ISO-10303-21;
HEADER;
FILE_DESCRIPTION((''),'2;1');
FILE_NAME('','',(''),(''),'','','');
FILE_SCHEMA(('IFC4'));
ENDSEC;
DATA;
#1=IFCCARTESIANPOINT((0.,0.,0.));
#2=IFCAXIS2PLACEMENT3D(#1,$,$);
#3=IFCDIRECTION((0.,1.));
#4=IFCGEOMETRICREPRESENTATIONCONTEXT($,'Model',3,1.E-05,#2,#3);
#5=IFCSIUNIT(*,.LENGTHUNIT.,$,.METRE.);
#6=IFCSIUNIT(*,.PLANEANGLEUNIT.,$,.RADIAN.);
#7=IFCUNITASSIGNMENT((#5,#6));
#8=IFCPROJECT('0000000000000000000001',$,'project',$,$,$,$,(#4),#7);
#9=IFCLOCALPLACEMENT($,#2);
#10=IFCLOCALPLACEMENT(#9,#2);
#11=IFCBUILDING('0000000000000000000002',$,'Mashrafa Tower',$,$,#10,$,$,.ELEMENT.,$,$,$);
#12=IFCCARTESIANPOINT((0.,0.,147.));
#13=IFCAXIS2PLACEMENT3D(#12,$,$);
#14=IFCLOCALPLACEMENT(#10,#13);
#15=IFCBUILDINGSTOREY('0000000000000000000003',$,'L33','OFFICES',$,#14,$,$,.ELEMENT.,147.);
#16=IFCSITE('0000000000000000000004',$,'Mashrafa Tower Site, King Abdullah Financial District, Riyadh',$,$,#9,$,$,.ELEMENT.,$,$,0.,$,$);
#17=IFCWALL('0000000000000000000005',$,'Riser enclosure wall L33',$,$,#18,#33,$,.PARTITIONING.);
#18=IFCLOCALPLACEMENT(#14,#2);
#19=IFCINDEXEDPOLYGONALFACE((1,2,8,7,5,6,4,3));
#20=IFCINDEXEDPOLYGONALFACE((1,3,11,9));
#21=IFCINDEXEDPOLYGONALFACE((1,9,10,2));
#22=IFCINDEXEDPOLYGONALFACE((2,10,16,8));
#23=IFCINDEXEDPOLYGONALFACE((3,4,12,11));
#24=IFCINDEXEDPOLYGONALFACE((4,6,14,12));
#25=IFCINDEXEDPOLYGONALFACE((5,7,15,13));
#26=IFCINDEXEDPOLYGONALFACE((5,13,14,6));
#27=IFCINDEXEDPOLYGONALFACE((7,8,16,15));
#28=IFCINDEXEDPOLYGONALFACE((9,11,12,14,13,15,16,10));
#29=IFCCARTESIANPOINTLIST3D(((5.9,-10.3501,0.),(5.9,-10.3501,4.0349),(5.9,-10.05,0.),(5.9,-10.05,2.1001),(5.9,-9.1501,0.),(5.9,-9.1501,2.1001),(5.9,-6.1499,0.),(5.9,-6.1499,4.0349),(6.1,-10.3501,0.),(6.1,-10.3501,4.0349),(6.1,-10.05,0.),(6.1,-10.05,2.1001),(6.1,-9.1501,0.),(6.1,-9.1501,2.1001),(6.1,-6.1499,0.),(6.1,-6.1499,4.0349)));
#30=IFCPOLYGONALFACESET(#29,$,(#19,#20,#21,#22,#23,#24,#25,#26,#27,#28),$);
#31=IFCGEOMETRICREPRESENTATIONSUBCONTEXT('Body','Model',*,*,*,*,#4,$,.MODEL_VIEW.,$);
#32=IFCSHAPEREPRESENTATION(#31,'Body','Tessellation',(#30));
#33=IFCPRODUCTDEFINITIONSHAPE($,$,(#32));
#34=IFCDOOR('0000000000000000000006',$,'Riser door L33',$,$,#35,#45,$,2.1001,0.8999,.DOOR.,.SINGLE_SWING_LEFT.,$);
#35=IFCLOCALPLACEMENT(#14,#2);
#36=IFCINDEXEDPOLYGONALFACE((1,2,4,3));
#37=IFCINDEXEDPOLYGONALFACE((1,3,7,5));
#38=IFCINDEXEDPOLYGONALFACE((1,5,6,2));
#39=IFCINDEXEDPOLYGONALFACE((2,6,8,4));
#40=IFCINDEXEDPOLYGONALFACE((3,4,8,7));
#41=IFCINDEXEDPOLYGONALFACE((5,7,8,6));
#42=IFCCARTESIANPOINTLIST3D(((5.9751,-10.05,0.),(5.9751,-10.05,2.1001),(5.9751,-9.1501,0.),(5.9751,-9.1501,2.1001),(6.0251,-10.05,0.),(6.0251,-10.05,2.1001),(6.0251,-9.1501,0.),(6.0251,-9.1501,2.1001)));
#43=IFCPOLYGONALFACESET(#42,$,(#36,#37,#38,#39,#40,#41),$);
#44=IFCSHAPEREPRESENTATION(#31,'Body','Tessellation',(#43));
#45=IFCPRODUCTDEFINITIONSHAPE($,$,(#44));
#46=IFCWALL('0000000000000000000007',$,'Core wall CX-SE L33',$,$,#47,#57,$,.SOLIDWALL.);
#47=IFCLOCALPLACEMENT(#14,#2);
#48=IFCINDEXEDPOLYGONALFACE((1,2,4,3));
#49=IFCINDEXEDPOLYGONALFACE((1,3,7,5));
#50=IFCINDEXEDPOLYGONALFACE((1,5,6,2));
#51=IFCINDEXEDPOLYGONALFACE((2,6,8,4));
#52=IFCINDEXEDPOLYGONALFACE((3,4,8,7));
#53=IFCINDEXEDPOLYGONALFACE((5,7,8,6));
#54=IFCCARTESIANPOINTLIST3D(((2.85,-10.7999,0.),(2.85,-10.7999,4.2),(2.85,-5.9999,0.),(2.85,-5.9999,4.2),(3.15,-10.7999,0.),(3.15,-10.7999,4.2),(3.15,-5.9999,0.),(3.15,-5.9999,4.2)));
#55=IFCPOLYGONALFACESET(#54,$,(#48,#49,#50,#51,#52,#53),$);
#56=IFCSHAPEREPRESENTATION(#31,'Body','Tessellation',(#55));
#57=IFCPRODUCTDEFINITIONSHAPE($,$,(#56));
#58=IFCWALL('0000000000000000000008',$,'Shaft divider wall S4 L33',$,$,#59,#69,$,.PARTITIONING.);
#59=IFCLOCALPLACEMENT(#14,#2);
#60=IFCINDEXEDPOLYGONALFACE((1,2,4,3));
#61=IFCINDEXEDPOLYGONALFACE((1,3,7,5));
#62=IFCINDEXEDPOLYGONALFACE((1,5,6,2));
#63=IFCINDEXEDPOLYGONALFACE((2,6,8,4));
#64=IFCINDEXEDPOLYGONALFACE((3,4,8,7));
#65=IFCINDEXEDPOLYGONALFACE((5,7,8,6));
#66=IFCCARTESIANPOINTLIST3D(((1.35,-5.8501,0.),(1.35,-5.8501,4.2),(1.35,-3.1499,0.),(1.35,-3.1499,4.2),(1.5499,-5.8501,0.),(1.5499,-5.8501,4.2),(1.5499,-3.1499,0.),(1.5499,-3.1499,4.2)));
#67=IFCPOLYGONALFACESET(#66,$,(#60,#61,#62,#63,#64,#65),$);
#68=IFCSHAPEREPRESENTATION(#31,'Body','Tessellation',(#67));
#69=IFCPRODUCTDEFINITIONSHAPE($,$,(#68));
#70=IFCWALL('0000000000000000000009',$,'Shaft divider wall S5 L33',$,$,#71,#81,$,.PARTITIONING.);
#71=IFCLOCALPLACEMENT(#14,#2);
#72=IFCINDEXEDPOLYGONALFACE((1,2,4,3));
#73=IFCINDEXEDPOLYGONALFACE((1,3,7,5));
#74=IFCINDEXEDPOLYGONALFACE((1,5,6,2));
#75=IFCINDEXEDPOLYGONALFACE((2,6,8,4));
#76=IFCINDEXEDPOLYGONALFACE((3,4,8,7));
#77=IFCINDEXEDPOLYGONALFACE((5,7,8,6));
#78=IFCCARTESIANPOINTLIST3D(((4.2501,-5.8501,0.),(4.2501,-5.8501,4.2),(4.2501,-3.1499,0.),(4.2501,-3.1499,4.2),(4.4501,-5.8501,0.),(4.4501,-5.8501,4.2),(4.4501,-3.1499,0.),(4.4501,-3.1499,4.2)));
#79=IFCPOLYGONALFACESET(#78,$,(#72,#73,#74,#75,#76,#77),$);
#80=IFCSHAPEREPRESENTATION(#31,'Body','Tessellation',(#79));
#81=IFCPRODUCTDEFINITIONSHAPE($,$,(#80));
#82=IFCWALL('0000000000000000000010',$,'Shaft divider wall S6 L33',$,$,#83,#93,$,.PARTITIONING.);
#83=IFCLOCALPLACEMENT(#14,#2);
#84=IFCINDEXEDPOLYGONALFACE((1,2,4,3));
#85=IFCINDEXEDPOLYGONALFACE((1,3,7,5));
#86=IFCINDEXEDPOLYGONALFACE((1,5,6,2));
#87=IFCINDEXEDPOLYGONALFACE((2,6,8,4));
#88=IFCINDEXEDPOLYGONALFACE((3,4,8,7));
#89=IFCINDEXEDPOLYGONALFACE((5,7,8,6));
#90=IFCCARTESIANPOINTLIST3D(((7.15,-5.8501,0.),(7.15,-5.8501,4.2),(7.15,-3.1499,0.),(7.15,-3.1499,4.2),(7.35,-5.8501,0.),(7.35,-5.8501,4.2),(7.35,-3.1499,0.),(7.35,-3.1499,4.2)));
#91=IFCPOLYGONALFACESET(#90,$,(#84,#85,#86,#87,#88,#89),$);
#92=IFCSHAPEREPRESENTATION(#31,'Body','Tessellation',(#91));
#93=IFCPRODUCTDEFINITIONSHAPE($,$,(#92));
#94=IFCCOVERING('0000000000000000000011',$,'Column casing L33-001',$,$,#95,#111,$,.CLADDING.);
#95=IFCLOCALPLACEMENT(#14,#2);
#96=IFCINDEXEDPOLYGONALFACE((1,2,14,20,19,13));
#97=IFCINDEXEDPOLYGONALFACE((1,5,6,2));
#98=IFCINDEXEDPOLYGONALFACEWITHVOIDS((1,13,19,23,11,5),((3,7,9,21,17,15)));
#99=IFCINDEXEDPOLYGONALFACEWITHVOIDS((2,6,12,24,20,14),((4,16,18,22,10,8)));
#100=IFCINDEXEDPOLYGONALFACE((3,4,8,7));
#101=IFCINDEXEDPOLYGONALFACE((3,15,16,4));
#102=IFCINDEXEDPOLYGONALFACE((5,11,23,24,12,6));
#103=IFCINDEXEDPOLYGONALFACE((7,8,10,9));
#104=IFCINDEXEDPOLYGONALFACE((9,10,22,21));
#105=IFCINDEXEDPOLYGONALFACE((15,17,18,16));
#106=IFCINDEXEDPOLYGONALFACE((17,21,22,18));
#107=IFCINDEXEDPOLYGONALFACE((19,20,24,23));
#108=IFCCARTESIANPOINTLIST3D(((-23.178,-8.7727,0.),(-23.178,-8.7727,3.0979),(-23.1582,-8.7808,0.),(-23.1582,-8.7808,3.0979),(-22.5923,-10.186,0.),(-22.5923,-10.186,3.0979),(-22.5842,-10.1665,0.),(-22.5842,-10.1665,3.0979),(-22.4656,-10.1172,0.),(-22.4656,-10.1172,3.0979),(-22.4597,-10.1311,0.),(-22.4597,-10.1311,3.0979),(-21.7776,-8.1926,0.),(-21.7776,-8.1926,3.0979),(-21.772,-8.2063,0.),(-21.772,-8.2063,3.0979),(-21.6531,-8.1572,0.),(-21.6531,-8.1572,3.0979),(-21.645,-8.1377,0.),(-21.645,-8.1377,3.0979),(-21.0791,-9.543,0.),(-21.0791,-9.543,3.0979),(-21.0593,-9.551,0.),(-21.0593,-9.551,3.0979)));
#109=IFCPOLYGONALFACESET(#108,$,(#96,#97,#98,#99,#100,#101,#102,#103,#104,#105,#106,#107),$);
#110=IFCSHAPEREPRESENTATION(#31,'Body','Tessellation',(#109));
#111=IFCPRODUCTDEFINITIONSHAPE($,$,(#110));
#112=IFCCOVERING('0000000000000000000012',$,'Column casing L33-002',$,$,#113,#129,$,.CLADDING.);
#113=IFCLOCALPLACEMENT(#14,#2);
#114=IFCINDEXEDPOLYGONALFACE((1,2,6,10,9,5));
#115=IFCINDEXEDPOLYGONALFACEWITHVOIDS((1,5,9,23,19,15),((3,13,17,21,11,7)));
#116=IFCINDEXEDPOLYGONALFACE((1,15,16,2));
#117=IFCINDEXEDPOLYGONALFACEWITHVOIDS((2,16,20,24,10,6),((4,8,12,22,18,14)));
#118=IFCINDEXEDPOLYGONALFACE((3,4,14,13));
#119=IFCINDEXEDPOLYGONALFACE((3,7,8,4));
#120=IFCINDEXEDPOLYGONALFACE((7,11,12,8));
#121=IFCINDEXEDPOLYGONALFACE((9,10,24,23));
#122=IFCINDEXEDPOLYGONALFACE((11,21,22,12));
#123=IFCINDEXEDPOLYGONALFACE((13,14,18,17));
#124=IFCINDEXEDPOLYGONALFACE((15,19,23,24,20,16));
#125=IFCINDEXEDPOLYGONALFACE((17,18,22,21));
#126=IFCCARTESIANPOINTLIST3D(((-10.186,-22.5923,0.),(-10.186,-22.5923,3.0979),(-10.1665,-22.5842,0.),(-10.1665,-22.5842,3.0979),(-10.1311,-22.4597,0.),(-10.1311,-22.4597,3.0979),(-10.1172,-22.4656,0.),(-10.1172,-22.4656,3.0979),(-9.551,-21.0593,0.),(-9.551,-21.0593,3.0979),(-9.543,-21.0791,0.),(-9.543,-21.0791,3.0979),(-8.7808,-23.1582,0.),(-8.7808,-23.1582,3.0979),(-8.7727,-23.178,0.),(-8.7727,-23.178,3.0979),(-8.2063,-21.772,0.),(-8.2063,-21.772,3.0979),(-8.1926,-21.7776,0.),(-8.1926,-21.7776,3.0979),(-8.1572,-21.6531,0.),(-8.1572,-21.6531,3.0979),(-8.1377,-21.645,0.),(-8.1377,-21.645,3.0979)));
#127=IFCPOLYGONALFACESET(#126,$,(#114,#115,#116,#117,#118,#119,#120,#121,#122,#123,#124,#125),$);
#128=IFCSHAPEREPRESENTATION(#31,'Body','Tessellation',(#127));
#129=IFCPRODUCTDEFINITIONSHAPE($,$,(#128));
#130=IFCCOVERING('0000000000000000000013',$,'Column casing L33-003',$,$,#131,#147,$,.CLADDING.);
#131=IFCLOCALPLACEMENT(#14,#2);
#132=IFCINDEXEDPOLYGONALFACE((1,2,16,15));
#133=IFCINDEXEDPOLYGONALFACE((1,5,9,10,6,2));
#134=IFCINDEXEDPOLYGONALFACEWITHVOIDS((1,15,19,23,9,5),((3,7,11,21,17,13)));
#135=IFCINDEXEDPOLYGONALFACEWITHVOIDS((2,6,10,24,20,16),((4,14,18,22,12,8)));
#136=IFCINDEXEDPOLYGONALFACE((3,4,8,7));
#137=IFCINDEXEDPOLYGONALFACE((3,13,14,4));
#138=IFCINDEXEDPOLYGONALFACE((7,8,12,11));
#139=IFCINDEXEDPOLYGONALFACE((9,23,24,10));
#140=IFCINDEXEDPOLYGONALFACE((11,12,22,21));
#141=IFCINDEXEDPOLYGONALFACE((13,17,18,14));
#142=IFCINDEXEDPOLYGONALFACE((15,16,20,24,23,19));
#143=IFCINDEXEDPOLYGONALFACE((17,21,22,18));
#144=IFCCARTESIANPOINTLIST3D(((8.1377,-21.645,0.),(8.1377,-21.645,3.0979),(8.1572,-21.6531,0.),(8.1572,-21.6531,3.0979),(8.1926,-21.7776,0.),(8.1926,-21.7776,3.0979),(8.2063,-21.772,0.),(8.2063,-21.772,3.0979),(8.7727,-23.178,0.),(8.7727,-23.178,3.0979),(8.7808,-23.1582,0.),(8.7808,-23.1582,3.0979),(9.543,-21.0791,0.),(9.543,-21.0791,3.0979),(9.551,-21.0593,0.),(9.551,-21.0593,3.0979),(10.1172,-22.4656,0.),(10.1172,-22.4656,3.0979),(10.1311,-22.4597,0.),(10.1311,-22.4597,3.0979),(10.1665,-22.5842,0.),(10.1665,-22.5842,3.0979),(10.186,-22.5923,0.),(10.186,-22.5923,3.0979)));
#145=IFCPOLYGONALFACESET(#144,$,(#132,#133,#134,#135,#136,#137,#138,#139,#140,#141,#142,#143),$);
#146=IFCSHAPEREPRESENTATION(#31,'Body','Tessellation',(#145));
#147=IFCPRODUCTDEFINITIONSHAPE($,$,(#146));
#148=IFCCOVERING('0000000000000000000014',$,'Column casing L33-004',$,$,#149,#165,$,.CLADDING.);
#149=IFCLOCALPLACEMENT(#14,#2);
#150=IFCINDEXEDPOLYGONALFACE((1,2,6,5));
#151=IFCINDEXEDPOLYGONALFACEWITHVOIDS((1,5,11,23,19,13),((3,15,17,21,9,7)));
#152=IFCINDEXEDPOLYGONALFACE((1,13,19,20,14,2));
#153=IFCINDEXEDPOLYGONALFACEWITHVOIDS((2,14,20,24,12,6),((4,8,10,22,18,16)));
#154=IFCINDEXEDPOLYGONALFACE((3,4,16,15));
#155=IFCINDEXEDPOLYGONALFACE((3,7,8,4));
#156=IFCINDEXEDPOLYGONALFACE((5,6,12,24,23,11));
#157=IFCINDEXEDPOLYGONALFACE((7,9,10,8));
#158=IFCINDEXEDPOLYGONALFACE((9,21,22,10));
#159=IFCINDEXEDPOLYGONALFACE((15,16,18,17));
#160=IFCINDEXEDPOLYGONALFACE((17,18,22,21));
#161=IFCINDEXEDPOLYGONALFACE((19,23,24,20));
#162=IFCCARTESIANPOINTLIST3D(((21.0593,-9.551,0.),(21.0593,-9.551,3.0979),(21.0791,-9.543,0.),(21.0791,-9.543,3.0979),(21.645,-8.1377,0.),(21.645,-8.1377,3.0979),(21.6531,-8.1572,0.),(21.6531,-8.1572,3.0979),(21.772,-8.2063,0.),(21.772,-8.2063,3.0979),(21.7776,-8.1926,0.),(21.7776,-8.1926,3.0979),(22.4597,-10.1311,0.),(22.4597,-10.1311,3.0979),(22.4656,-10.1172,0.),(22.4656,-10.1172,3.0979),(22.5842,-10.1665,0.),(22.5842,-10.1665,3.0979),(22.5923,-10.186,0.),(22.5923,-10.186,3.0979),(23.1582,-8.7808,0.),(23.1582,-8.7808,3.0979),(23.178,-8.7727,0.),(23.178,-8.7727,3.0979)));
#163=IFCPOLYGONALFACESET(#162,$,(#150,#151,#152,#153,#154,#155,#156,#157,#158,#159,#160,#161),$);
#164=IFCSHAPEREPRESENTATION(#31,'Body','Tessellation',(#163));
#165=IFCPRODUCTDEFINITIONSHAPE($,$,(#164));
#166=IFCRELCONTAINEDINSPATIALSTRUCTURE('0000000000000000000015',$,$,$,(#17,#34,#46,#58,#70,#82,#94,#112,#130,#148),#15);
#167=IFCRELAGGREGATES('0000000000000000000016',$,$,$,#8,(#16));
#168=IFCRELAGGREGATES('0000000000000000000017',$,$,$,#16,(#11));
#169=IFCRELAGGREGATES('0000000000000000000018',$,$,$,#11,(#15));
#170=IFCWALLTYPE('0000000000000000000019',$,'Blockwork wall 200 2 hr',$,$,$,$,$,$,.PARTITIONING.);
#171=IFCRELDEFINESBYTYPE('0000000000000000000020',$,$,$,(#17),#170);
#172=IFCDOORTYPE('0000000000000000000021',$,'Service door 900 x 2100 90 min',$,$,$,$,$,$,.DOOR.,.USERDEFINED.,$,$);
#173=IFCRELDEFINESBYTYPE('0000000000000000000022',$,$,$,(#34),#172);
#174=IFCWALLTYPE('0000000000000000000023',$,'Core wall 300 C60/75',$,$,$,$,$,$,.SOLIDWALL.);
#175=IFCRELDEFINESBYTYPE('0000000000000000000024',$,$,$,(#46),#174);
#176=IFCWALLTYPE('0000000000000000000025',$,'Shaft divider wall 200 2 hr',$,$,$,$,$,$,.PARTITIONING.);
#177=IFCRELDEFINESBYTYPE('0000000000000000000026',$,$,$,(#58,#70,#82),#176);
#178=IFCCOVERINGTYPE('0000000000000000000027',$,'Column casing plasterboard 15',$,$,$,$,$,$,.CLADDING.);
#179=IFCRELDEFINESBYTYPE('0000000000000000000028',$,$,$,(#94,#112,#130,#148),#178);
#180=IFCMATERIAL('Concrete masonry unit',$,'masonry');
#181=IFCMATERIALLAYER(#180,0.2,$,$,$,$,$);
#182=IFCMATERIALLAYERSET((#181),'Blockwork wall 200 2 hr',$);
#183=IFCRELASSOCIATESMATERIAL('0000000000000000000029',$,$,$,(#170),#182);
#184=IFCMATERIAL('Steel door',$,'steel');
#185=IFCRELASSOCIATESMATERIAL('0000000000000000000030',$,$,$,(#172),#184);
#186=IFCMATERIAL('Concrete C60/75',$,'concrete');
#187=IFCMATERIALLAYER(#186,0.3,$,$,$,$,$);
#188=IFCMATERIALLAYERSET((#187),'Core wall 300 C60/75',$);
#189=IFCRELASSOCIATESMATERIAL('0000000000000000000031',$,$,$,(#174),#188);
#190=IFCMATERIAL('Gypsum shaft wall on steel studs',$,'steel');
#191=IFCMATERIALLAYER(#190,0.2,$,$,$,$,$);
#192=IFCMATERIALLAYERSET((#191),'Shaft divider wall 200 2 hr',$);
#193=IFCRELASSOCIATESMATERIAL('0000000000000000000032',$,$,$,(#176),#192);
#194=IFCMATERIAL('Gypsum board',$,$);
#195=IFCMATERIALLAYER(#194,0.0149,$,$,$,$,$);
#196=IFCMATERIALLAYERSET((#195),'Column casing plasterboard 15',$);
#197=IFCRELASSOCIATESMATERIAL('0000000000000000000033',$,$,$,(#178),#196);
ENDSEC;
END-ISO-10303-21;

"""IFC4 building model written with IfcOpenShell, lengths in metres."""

from ifc_helpers import new_model, si_unit, direction, frame, frame_2d, origin, place, context, subcontext, project, spatial, polyline, rectangle, outline, extrude, material, layer, layer_set, type_object, element, fill, save


model = new_model("IFC4")

# Units and contexts
model_context = context("Model", 3, precision=1e-05, world=origin(), true_north=direction((0.0, 1.0)))
body_context = subcontext(model_context, "Body", "Model", "MODEL_VIEW")
ifc_project = project(units=[si_unit("LENGTHUNIT", "METRE"), si_unit("PLANEANGLEUNIT", "RADIAN")], contexts=[model_context])

# Site, building, storey
site_placement = place(None, origin())
site = spatial("IfcSite", under=ifc_project, at=site_placement, Name="Mashrafa Tower Site, King Abdullah Financial District, Riyadh", CompositionType="ELEMENT", RefElevation=0.0)
building_placement = place(site_placement, origin())
building = spatial("IfcBuilding", under=site, at=building_placement, Name="Mashrafa Tower", CompositionType="ELEMENT")
storey_placement = place(building_placement, frame((0.0, 0.0, 147.0)))
storey = spatial("IfcBuildingStorey", under=building, at=storey_placement, Name="L33", Description="OFFICES", CompositionType="ELEMENT", Elevation=147.0)

# Wall, opening, door
ifc_material_1 = material(Name="Concrete masonry unit", Category="masonry")
ifc_layer_1 = layer(ifc_material_1, 0.2)
ifc_layer_set_1 = layer_set([ifc_layer_1], Name="Blockwork wall 200 2 hr")
wall_type_1 = type_object("IfcWallType", Name="Blockwork wall 200 2 hr", PredefinedType="PARTITIONING", material=ifc_layer_set_1)
wall_1_placement = place(storey_placement, frame((6.0, -10.3501, 0.0), z_axis=(0.0, 0.0, 1.0), x_axis=(0.0, 1.0, 0.0)))
wall_1 = element("IfcWall", 1, at=wall_1_placement, inside=storey, type_object=wall_type_1, Name="Riser enclosure wall L33", PredefinedType="PARTITIONING", context=body_context, shape_type="SweptSolid", body=[
    extrude(rectangle(XDim=4.2002, YDim=0.2, at=frame_2d((2.1001, 0.0))), origin(), (0.0, 0.0, 1.0), 4.0349),
])
opening_placement = place(wall_1_placement, frame((0.3, 0.0, 0.0)))
opening = element("IfcOpeningElement", 2, at=opening_placement, cuts=wall_1, PredefinedType="OPENING", context=body_context, shape_type="SweptSolid", body=[
    extrude(rectangle(XDim=0.8999, YDim=2.1001, at=frame_2d((0.45, 1.05))), frame((0.0, 0.1099, 0.0), z_axis=(0.0, -1.0, 0.0), x_axis=(1.0, 0.0, 0.0)), (0.0, 0.0, 1.0), 0.22),
])
ifc_material_2 = material(Name="Steel door", Category="steel")
door_type = type_object("IfcDoorType", Name="Service door 900 x 2100 90 min", OperationType="USERDEFINED", PredefinedType="DOOR", material=ifc_material_2)
door_placement = place(opening_placement, origin())
door = element("IfcDoor", 3, at=door_placement, inside=storey, type_object=door_type, Name="Riser door L33", OperationType="SINGLE_SWING_LEFT", OverallHeight=2.1001, OverallWidth=0.8999, PredefinedType="DOOR", context=body_context, shape_type="SweptSolid", body=[
    extrude(rectangle(XDim=0.8999, YDim=2.1001, at=frame_2d((0.45, 1.05))), frame((0.0, 0.0249, 0.0), z_axis=(0.0, -1.0, 0.0), x_axis=(1.0, 0.0, 0.0)), (0.0, 0.0, 1.0), 0.05),
])
fill(opening, door)

# Walls
ifc_material_3 = material(Name="Concrete C60/75", Category="concrete")
ifc_layer_2 = layer(ifc_material_3, 0.3)
ifc_layer_set_2 = layer_set([ifc_layer_2], Name="Core wall 300 C60/75")
wall_type_2 = type_object("IfcWallType", Name="Core wall 300 C60/75", PredefinedType="SOLIDWALL", material=ifc_layer_set_2)
wall_2_placement = place(storey_placement, frame((3.0, -6.0, 0.0), z_axis=(0.0, 0.0, 1.0), x_axis=(0.0, -1.0, 0.0)))
element("IfcWall", 4, at=wall_2_placement, inside=storey, type_object=wall_type_2, Name="Core wall CX-SE L33", PredefinedType="SOLIDWALL", context=body_context, shape_type="SweptSolid", body=[
    extrude(rectangle(XDim=4.8, YDim=0.3, at=frame_2d((2.3999, 0.0))), origin(), (0.0, 0.0, 1.0), 4.2),
])
ifc_material_4 = material(Name="Gypsum shaft wall on steel studs", Category="steel")
ifc_layer_3 = layer(ifc_material_4, 0.2)
ifc_layer_set_3 = layer_set([ifc_layer_3], Name="Shaft divider wall 200 2 hr")
wall_type_3 = type_object("IfcWallType", Name="Shaft divider wall 200 2 hr", PredefinedType="PARTITIONING", material=ifc_layer_set_3)
for number, where, z_axis, x_axis, name in (
    (5, (1.45, -5.8501, 0.0), (0.0, 0.0, 1.0), (0.0, 1.0, 0.0), "Shaft divider wall S4 L33"),
    (6, (4.3501, -5.8501, 0.0), (0.0, 0.0, 1.0), (0.0, 1.0, 0.0), "Shaft divider wall S5 L33"),
    (7, (7.25, -5.8501, 0.0), (0.0, 0.0, 1.0), (0.0, 1.0, 0.0), "Shaft divider wall S6 L33"),
):
    element("IfcWall", number, at=place(storey_placement, frame(where, z_axis=z_axis, x_axis=x_axis)), inside=storey, type_object=wall_type_3, Name=name, PredefinedType="PARTITIONING", context=body_context, shape_type="SweptSolid", body=[
        extrude(rectangle(XDim=2.7002, YDim=0.2, at=frame_2d((1.3501, 0.0))), origin(), (0.0, 0.0, 1.0), 4.2),
    ])

# Coverings
ifc_material_5 = material(Name="Gypsum board")
ifc_layer_4 = layer(ifc_material_5, 0.0149)
ifc_layer_set_4 = layer_set([ifc_layer_4], Name="Column casing plasterboard 15")
covering_type_1 = type_object("IfcCoveringType", Name="Column casing plasterboard 15", PredefinedType="CLADDING", material=ifc_layer_set_4)
covering_1_placement = place(storey_placement, origin())
element("IfcCovering", 8, at=covering_1_placement, inside=storey, type_object=covering_type_1, Name="Column casing L33-001", PredefinedType="CLADDING", context=body_context, shape_type="SweptSolid", body=[
    extrude(outline(polyline([(-23.178, -8.7727), (-21.7776, -8.1926), (-21.645, -8.1377), (-21.0593, -9.551), (-22.4597, -10.1311), (-22.5923, -10.186), (-23.178, -8.7727)]), holes=[polyline([(-22.4656, -10.1172), (-21.0791, -9.543), (-21.6531, -8.1572), (-21.772, -8.2063), (-23.1582, -8.7808), (-22.5842, -10.1665), (-22.4656, -10.1172)])]), origin(), (0.0, 0.0, 1.0), 3.0979),
])
covering_2_placement = place(storey_placement, origin())
element("IfcCovering", 9, at=covering_2_placement, inside=storey, type_object=covering_type_1, Name="Column casing L33-002", PredefinedType="CLADDING", context=body_context, shape_type="SweptSolid", body=[
    extrude(outline(polyline([(-10.186, -22.5923), (-10.1311, -22.4597), (-9.551, -21.0593), (-8.1377, -21.645), (-8.1926, -21.7776), (-8.7727, -23.178), (-10.186, -22.5923)]), holes=[polyline([(-8.2063, -21.772), (-8.1572, -21.6531), (-9.543, -21.0791), (-10.1172, -22.4656), (-10.1665, -22.5842), (-8.7808, -23.1582), (-8.2063, -21.772)])]), origin(), (0.0, 0.0, 1.0), 3.0979),
])
covering_3_placement = place(storey_placement, origin())
element("IfcCovering", 10, at=covering_3_placement, inside=storey, type_object=covering_type_1, Name="Column casing L33-003", PredefinedType="CLADDING", context=body_context, shape_type="SweptSolid", body=[
    extrude(outline(polyline([(8.1926, -21.7776), (8.1377, -21.645), (9.551, -21.0593), (10.1311, -22.4597), (10.186, -22.5923), (8.7727, -23.178), (8.1926, -21.7776)]), holes=[polyline([(10.1665, -22.5842), (10.1172, -22.4656), (9.543, -21.0791), (8.1572, -21.6531), (8.2063, -21.772), (8.7808, -23.1582), (10.1665, -22.5842)])]), origin(), (0.0, 0.0, 1.0), 3.0979),
])
covering_4_placement = place(storey_placement, origin())
element("IfcCovering", 11, at=covering_4_placement, inside=storey, type_object=covering_type_1, Name="Column casing L33-004", PredefinedType="CLADDING", context=body_context, shape_type="SweptSolid", body=[
    extrude(outline(polyline([(22.4597, -10.1311), (21.0593, -9.551), (21.645, -8.1377), (21.7776, -8.1926), (23.178, -8.7727), (22.5923, -10.186), (22.4597, -10.1311)]), holes=[polyline([(23.1582, -8.7808), (21.772, -8.2063), (21.6531, -8.1572), (21.0791, -9.543), (22.4656, -10.1172), (22.5842, -10.1665), (23.1582, -8.7808)])]), origin(), (0.0, 0.0, 1.0), 3.0979),
])

save(model, "model.ifc")
